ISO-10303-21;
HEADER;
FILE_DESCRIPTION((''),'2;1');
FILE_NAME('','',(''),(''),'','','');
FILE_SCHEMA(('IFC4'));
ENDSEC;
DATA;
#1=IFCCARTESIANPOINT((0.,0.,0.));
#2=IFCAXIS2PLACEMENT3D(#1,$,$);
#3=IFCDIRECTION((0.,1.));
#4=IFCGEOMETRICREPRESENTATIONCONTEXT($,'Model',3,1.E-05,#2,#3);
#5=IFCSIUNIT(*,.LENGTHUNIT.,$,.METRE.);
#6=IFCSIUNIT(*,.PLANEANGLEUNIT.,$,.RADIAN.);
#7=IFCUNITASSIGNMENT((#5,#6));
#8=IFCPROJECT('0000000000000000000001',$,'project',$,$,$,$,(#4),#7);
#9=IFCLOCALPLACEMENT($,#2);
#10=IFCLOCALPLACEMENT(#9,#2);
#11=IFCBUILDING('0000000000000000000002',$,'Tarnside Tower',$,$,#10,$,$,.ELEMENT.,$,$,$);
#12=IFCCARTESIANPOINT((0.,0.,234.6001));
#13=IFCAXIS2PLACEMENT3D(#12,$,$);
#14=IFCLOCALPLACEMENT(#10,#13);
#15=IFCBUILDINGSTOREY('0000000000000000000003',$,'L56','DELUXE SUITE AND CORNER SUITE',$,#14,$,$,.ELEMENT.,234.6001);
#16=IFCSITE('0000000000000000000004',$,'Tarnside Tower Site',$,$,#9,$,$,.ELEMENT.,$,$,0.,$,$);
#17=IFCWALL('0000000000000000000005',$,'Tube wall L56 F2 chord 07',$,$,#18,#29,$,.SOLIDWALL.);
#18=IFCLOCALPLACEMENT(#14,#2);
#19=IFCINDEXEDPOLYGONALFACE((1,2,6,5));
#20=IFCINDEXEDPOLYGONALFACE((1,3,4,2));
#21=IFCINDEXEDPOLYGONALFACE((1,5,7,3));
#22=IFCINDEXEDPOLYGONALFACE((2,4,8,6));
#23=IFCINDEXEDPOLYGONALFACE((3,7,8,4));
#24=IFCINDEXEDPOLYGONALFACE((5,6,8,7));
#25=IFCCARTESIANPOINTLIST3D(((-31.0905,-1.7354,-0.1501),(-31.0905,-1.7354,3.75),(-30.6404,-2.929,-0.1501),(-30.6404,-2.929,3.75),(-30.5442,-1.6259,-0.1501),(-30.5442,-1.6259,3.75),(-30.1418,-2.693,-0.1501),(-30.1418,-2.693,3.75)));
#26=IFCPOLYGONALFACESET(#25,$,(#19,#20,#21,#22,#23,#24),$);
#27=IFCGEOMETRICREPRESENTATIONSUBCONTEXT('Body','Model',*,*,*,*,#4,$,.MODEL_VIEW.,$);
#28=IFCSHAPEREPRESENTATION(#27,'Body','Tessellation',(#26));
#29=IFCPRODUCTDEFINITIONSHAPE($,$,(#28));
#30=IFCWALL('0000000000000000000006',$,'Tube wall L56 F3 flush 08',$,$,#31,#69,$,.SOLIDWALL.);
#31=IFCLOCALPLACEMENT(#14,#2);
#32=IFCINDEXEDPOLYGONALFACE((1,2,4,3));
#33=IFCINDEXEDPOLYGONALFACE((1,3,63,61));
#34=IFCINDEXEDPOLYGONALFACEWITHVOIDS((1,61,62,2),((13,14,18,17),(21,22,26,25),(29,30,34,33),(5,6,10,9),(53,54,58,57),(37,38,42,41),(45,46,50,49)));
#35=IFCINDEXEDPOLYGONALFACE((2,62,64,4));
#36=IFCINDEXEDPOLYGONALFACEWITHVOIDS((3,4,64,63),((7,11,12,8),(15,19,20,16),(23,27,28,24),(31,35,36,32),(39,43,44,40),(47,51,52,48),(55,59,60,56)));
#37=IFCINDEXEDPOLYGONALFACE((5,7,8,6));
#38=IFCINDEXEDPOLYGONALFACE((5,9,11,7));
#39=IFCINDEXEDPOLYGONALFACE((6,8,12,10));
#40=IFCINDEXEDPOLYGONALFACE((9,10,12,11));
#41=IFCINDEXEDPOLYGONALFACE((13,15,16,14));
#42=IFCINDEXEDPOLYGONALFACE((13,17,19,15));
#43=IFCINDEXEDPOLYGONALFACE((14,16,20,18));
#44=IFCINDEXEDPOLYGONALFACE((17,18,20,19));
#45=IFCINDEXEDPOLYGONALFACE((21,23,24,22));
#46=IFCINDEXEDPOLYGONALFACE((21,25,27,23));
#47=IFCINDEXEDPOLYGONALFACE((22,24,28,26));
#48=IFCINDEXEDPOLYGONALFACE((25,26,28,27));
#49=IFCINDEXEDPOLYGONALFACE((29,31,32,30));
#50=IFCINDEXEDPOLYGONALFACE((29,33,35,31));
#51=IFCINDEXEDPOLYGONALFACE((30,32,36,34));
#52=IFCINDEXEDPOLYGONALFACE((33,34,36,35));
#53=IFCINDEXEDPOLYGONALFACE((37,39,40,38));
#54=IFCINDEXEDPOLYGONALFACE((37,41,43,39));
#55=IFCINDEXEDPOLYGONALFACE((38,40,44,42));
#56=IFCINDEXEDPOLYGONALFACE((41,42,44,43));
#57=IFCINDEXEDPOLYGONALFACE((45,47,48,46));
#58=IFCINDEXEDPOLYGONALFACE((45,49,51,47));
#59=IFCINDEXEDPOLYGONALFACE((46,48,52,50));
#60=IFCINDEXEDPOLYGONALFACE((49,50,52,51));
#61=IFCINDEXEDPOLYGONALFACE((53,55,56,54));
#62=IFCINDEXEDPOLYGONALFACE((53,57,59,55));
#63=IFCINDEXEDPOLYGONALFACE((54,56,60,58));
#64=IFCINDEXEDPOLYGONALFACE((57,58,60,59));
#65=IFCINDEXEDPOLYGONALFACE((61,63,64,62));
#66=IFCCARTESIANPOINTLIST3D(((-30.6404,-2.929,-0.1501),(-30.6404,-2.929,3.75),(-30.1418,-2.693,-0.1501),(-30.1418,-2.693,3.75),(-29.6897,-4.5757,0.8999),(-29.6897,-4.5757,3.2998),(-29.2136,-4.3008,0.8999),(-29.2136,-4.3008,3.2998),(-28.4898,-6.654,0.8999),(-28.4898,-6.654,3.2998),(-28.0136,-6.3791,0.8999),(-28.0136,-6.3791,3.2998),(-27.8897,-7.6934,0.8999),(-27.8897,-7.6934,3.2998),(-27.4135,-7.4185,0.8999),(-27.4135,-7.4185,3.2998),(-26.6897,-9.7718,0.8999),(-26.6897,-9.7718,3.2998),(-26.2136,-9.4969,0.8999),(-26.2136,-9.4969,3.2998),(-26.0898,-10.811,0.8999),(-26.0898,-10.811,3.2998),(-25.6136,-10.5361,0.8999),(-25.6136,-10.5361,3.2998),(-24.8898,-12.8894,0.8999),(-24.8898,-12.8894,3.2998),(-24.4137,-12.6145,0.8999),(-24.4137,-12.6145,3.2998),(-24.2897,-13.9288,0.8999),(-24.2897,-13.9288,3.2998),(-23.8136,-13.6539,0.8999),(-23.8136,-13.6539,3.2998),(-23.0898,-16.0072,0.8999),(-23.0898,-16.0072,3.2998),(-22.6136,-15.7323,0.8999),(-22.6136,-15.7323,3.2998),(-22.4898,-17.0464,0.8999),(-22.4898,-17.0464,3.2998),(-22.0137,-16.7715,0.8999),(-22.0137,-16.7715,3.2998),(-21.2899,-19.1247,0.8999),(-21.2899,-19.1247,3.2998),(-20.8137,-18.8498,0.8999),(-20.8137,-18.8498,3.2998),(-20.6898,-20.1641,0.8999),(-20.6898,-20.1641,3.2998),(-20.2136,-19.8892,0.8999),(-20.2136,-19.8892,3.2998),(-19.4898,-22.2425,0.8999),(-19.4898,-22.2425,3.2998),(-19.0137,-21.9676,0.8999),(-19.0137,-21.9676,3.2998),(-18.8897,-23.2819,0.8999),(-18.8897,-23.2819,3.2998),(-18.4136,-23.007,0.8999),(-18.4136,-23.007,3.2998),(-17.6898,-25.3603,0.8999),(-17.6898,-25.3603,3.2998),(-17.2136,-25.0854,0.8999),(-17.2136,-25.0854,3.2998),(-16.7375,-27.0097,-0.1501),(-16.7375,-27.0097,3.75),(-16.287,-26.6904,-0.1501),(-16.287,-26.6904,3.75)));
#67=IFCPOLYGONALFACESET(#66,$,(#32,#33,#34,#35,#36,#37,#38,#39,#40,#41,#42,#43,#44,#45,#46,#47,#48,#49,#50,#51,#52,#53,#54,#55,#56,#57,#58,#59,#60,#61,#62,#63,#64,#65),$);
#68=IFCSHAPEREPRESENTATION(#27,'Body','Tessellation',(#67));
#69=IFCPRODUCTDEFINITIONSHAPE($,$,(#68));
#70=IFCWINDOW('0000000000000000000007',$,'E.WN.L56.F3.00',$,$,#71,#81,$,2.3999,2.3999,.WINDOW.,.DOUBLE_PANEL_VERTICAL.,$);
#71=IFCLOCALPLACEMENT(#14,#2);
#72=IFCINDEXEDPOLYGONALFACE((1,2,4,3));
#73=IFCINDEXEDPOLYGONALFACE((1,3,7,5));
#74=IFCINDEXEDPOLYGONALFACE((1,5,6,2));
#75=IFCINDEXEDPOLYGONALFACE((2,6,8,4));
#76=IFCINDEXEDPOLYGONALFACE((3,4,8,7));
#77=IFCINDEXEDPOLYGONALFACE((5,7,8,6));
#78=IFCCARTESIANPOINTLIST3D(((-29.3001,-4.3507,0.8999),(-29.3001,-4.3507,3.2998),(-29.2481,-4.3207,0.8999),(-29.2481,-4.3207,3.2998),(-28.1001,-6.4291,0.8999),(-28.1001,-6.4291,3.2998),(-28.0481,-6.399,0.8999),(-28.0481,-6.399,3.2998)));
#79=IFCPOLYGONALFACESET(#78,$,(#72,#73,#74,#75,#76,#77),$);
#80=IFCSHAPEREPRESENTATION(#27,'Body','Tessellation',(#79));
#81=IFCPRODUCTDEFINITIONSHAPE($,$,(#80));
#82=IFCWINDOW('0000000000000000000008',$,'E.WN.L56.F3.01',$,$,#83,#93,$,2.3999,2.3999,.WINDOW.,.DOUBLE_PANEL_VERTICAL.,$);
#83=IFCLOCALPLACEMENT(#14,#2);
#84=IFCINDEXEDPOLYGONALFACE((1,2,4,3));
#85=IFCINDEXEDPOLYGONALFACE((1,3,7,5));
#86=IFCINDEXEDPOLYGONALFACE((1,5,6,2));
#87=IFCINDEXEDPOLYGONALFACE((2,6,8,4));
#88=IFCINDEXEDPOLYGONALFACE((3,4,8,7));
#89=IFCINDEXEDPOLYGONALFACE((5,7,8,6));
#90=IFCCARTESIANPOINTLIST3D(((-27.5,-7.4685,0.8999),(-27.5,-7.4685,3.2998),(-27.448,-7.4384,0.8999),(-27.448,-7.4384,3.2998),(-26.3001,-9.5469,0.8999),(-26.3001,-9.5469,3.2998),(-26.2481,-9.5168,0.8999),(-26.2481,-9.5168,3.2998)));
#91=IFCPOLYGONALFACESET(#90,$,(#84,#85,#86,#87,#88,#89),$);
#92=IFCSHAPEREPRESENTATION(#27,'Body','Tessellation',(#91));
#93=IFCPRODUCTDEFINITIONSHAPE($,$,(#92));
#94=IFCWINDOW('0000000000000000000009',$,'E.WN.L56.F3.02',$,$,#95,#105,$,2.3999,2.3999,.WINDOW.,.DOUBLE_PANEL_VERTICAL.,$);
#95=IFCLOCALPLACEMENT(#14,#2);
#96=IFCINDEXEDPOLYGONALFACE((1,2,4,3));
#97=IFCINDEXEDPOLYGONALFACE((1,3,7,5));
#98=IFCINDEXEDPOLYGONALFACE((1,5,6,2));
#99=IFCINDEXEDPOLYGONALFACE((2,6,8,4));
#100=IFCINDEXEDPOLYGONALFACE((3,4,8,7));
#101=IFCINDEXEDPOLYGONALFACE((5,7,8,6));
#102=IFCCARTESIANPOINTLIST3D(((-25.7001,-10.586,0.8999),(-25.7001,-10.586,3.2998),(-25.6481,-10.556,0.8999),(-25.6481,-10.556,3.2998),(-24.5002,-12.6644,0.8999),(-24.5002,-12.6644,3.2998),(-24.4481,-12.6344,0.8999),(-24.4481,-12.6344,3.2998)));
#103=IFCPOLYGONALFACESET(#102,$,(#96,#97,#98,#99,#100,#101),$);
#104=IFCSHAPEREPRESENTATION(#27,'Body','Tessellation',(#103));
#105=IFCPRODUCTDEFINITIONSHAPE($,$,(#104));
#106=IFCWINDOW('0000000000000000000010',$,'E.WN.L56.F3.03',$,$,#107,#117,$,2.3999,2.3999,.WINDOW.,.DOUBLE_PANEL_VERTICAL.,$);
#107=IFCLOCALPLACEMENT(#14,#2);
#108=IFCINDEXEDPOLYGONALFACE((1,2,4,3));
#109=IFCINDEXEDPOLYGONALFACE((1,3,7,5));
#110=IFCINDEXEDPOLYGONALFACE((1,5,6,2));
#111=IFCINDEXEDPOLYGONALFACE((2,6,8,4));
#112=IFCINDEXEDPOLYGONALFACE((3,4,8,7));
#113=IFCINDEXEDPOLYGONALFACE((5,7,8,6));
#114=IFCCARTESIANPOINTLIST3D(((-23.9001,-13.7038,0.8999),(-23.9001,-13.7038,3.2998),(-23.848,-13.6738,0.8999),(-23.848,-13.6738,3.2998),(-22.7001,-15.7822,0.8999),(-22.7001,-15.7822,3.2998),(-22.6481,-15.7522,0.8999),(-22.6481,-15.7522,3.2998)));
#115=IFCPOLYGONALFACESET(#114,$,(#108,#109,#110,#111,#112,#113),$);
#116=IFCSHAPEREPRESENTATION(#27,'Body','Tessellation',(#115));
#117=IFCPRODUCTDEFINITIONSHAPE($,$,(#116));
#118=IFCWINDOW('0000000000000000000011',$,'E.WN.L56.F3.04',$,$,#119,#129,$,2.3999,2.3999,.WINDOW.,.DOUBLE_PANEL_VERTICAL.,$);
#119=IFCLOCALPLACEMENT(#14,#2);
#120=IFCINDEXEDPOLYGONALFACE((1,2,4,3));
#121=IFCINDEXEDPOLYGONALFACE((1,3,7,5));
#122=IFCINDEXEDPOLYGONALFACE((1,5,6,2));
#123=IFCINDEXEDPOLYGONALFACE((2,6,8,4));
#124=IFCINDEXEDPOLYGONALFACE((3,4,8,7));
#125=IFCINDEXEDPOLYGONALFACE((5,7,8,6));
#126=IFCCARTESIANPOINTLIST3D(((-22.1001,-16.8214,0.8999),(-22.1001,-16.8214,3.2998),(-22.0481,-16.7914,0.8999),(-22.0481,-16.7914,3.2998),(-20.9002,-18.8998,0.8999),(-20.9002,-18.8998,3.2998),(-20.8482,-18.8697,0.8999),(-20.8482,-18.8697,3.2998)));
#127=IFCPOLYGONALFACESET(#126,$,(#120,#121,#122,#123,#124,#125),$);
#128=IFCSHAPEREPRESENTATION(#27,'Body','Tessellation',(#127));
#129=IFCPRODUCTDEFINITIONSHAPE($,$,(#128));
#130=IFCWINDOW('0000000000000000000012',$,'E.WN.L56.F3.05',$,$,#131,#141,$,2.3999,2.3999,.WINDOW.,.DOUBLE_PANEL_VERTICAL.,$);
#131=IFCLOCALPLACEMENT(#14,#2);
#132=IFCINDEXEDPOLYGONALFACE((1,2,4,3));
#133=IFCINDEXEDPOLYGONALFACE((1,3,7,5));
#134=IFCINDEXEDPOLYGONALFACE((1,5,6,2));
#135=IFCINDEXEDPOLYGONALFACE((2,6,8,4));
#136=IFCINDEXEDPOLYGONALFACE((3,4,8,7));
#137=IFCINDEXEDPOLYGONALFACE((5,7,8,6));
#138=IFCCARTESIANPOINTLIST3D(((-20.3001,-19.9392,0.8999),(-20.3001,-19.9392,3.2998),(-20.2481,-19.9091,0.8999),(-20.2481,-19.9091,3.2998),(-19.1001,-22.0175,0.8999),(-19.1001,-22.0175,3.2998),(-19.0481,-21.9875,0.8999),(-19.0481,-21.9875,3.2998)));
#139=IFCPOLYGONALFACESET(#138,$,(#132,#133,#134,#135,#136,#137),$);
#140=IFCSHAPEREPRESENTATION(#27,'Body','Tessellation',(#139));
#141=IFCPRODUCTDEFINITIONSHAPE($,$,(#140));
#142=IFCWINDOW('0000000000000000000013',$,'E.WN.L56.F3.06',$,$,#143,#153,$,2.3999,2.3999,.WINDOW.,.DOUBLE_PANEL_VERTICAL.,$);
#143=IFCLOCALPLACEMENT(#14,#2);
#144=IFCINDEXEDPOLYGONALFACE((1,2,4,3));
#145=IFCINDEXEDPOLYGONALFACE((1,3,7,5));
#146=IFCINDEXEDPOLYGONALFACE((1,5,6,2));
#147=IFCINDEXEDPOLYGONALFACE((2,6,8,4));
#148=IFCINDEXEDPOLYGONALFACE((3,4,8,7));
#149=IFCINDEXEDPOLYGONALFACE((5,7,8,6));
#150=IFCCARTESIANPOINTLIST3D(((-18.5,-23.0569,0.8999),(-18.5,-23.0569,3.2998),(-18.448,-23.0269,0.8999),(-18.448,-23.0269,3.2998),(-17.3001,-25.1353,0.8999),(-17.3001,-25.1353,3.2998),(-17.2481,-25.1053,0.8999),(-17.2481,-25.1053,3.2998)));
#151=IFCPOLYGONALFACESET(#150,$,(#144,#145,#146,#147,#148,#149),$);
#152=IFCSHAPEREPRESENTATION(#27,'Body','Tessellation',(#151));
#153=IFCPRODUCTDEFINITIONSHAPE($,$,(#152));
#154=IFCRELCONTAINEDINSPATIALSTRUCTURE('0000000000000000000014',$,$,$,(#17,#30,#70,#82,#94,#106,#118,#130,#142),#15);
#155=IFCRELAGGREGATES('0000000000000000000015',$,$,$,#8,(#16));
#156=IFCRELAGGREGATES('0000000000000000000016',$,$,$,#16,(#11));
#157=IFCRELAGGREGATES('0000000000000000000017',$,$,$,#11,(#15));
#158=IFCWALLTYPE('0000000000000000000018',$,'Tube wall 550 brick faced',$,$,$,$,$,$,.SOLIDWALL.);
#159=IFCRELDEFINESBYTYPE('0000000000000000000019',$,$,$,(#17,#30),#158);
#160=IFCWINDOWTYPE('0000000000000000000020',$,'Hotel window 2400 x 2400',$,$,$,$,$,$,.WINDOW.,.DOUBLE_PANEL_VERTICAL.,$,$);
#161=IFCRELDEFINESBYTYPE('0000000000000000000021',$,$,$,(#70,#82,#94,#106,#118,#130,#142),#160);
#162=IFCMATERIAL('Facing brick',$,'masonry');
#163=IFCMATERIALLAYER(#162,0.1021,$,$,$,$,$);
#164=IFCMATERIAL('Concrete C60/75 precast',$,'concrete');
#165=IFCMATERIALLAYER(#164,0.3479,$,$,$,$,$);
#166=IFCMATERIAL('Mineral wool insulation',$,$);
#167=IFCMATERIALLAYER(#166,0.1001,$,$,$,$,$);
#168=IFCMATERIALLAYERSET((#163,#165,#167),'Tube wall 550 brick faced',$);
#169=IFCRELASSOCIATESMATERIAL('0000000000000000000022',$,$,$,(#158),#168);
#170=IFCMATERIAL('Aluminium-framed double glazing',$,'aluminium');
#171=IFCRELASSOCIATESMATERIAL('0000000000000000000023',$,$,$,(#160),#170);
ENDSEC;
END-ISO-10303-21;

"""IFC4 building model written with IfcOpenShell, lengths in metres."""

from ifc_helpers import new_model, si_unit, direction, frame, frame_2d, origin, place, context, subcontext, project, spatial, polyline, rectangle, outline, extrude, material, layer, layer_set, type_object, element, fill, save


model = new_model("IFC4")

# Units and contexts
model_context = context("Model", 3, precision=1e-05, world=origin(), true_north=direction((0.0, 1.0)))
body_context = subcontext(model_context, "Body", "Model", "MODEL_VIEW")
ifc_project = project(units=[si_unit("LENGTHUNIT", "METRE"), si_unit("PLANEANGLEUNIT", "RADIAN")], contexts=[model_context])

# Site, building, storey
site_placement = place(None, origin())
site = spatial("IfcSite", under=ifc_project, at=site_placement, Name="Tarnside Tower Site", CompositionType="ELEMENT", RefElevation=0.0)
building_placement = place(site_placement, origin())
building = spatial("IfcBuilding", under=site, at=building_placement, Name="Tarnside Tower", CompositionType="ELEMENT")
storey_placement = place(building_placement, frame((0.0, 0.0, 234.6001)))
storey = spatial("IfcBuildingStorey", under=building, at=storey_placement, Name="L56", Description="DELUXE SUITE AND CORNER SUITE", CompositionType="ELEMENT", Elevation=234.6001)

# Wall
ifc_material_1 = material(Name="Facing brick", Category="masonry")
ifc_layer_1 = layer(ifc_material_1, 0.1021)
ifc_material_2 = material(Name="Concrete C60/75 precast", Category="concrete")
ifc_layer_2 = layer(ifc_material_2, 0.3479)
ifc_material_3 = material(Name="Mineral wool insulation")
ifc_layer_3 = layer(ifc_material_3, 0.1001)
ifc_layer_set_1 = layer_set([ifc_layer_1, ifc_layer_2, ifc_layer_3], Name="Tube wall 550 brick faced")
wall_type_1 = type_object("IfcWallType", Name="Tube wall 550 brick faced", PredefinedType="SOLIDWALL", material=ifc_layer_set_1)
wall_1_placement = place(storey_placement, frame((-30.8174, -1.6807, -0.1501), z_axis=(0.0, 0.0, 1.0), x_axis=(0.35285, -0.93568, 0.0)))
element("IfcWall", 1, at=wall_1_placement, inside=storey, type_object=wall_type_1, Name="Tube wall L56 F2 chord 07", PredefinedType="SOLIDWALL", context=body_context, shape_type="SweptSolid", body=[
    extrude(outline(polyline([(-0.0452, -0.2749), (1.2305, -0.2749), (1.1855, 0.2749), (0.0452, 0.2749), (-0.0452, -0.2749)])), origin(), (0.0, 0.0, 1.0), 3.9001),
])

# Wall, openings, windows
wall_2_placement = place(storey_placement, frame((-30.3911, -2.811, -0.1501), z_axis=(0.0, 0.0, 1.0), x_axis=(0.499999, -0.866026, 0.0)))
wall_2 = element("IfcWall", 2, at=wall_2_placement, inside=storey, type_object=wall_type_1, Name="Tube wall L56 F3 flush 08", PredefinedType="SOLIDWALL", context=body_context, shape_type="SweptSolid", body=[
    extrude(outline(polyline([(-0.0225, -0.2749), (27.7834, -0.2749), (27.7322, 0.2749), (0.0225, 0.2749), (-0.0225, -0.2749)])), origin(), (0.0, 0.0, 1.0), 3.9001),
])
opening_1_placement = place(wall_2_placement, frame((1.8789, 0.0, 1.05)))
opening_1 = element("IfcOpeningElement", 3, at=opening_1_placement, cuts=wall_2, PredefinedType="OPENING", context=body_context, shape_type="SweptSolid", body=[
    extrude(rectangle(XDim=2.3999, YDim=2.3999, at=frame_2d((1.2, 1.2))), frame((0.0, 0.2852, 0.0), z_axis=(0.0, -1.0, 0.0), x_axis=(1.0, 0.0, 0.0)), (0.0, 0.0, 1.0), 0.5701),
])
opening_2_placement = place(wall_2_placement, frame((5.479, 0.0, 1.05)))
opening_2 = element("IfcOpeningElement", 4, at=opening_2_placement, cuts=wall_2, PredefinedType="OPENING", context=body_context, shape_type="SweptSolid", body=[
    extrude(rectangle(XDim=2.3999, YDim=2.3999, at=frame_2d((1.2, 1.2))), frame((0.0, 0.2852, 0.0), z_axis=(0.0, -1.0, 0.0), x_axis=(1.0, 0.0, 0.0)), (0.0, 0.0, 1.0), 0.5701),
])
opening_3_placement = place(wall_2_placement, frame((9.0789, 0.0, 1.05)))
opening_3 = element("IfcOpeningElement", 5, at=opening_3_placement, cuts=wall_2, PredefinedType="OPENING", context=body_context, shape_type="SweptSolid", body=[
    extrude(rectangle(XDim=2.3999, YDim=2.3999, at=frame_2d((1.2, 1.2))), frame((0.0, 0.2852, 0.0), z_axis=(0.0, -1.0, 0.0), x_axis=(1.0, 0.0, 0.0)), (0.0, 0.0, 1.0), 0.5701),
])
opening_4_placement = place(wall_2_placement, frame((12.679, 0.0, 1.05)))
opening_4 = element("IfcOpeningElement", 6, at=opening_4_placement, cuts=wall_2, PredefinedType="OPENING", context=body_context, shape_type="SweptSolid", body=[
    extrude(rectangle(XDim=2.3999, YDim=2.3999, at=frame_2d((1.2, 1.2))), frame((0.0, 0.2852, 0.0), z_axis=(0.0, -1.0, 0.0), x_axis=(1.0, 0.0, 0.0)), (0.0, 0.0, 1.0), 0.5701),
])
opening_5_placement = place(wall_2_placement, frame((16.2788, 0.0, 1.05)))
opening_5 = element("IfcOpeningElement", 7, at=opening_5_placement, cuts=wall_2, PredefinedType="OPENING", context=body_context, shape_type="SweptSolid", body=[
    extrude(rectangle(XDim=2.3999, YDim=2.3999, at=frame_2d((1.2, 1.2))), frame((0.0, 0.2852, 0.0), z_axis=(0.0, -1.0, 0.0), x_axis=(1.0, 0.0, 0.0)), (0.0, 0.0, 1.0), 0.5701),
])
opening_6_placement = place(wall_2_placement, frame((19.8789, 0.0, 1.05)))
opening_6 = element("IfcOpeningElement", 8, at=opening_6_placement, cuts=wall_2, PredefinedType="OPENING", context=body_context, shape_type="SweptSolid", body=[
    extrude(rectangle(XDim=2.3999, YDim=2.3999, at=frame_2d((1.2, 1.2))), frame((0.0, 0.2852, 0.0), z_axis=(0.0, -1.0, 0.0), x_axis=(1.0, 0.0, 0.0)), (0.0, 0.0, 1.0), 0.5701),
])
opening_7_placement = place(wall_2_placement, frame((23.479, 0.0, 1.05)))
opening_7 = element("IfcOpeningElement", 9, at=opening_7_placement, cuts=wall_2, PredefinedType="OPENING", context=body_context, shape_type="SweptSolid", body=[
    extrude(rectangle(XDim=2.3999, YDim=2.3999, at=frame_2d((1.2, 1.2))), frame((0.0, 0.2852, 0.0), z_axis=(0.0, -1.0, 0.0), x_axis=(1.0, 0.0, 0.0)), (0.0, 0.0, 1.0), 0.5701),
])
ifc_material_4 = material(Name="Aluminium-framed double glazing", Category="aluminium")
window_type = type_object("IfcWindowType", Name="Hotel window 2400 x 2400", PartitioningType="DOUBLE_PANEL_VERTICAL", PredefinedType="WINDOW", material=ifc_material_4)
window_1_placement = place(opening_1_placement, frame((0.0, 0.2051, 0.0)))
window_1 = element("IfcWindow", 10, at=window_1_placement, inside=storey, type_object=window_type, Name="E.WN.L56.F3.00", OverallHeight=2.3999, OverallWidth=2.3999, PartitioningType="DOUBLE_PANEL_VERTICAL", PredefinedType="WINDOW", context=body_context, shape_type="SweptSolid", body=[
    extrude(rectangle(XDim=2.3999, YDim=2.3999, at=frame_2d((1.2, 1.2))), frame((0.0, 0.03, 0.0), z_axis=(0.0, -1.0, 0.0), x_axis=(1.0, 0.0, 0.0)), (0.0, 0.0, 1.0), 0.0601),
])
fill(opening_1, window_1)
window_2_placement = place(opening_2_placement, frame((0.0, 0.2051, 0.0)))
window_2 = element("IfcWindow", 11, at=window_2_placement, inside=storey, type_object=window_type, Name="E.WN.L56.F3.01", OverallHeight=2.3999, OverallWidth=2.3999, PartitioningType="DOUBLE_PANEL_VERTICAL", PredefinedType="WINDOW", context=body_context, shape_type="SweptSolid", body=[
    extrude(rectangle(XDim=2.3999, YDim=2.3999, at=frame_2d((1.2, 1.2))), frame((0.0, 0.03, 0.0), z_axis=(0.0, -1.0, 0.0), x_axis=(1.0, 0.0, 0.0)), (0.0, 0.0, 1.0), 0.0601),
])
fill(opening_2, window_2)
window_3_placement = place(opening_3_placement, frame((0.0, 0.2051, 0.0)))
window_3 = element("IfcWindow", 12, at=window_3_placement, inside=storey, type_object=window_type, Name="E.WN.L56.F3.02", OverallHeight=2.3999, OverallWidth=2.3999, PartitioningType="DOUBLE_PANEL_VERTICAL", PredefinedType="WINDOW", context=body_context, shape_type="SweptSolid", body=[
    extrude(rectangle(XDim=2.3999, YDim=2.3999, at=frame_2d((1.2, 1.2))), frame((0.0, 0.03, 0.0), z_axis=(0.0, -1.0, 0.0), x_axis=(1.0, 0.0, 0.0)), (0.0, 0.0, 1.0), 0.0601),
])
fill(opening_3, window_3)
window_4_placement = place(opening_4_placement, frame((0.0, 0.2051, 0.0)))
window_4 = element("IfcWindow", 13, at=window_4_placement, inside=storey, type_object=window_type, Name="E.WN.L56.F3.03", OverallHeight=2.3999, OverallWidth=2.3999, PartitioningType="DOUBLE_PANEL_VERTICAL", PredefinedType="WINDOW", context=body_context, shape_type="SweptSolid", body=[
    extrude(rectangle(XDim=2.3999, YDim=2.3999, at=frame_2d((1.2, 1.2))), frame((0.0, 0.03, 0.0), z_axis=(0.0, -1.0, 0.0), x_axis=(1.0, 0.0, 0.0)), (0.0, 0.0, 1.0), 0.0601),
])
fill(opening_4, window_4)
window_5_placement = place(opening_5_placement, frame((0.0, 0.2051, 0.0)))
window_5 = element("IfcWindow", 14, at=window_5_placement, inside=storey, type_object=window_type, Name="E.WN.L56.F3.04", OverallHeight=2.3999, OverallWidth=2.3999, PartitioningType="DOUBLE_PANEL_VERTICAL", PredefinedType="WINDOW", context=body_context, shape_type="SweptSolid", body=[
    extrude(rectangle(XDim=2.3999, YDim=2.3999, at=frame_2d((1.2, 1.2))), frame((0.0, 0.03, 0.0), z_axis=(0.0, -1.0, 0.0), x_axis=(1.0, 0.0, 0.0)), (0.0, 0.0, 1.0), 0.0601),
])
fill(opening_5, window_5)
window_6_placement = place(opening_6_placement, frame((0.0, 0.2051, 0.0)))
window_6 = element("IfcWindow", 15, at=window_6_placement, inside=storey, type_object=window_type, Name="E.WN.L56.F3.05", OverallHeight=2.3999, OverallWidth=2.3999, PartitioningType="DOUBLE_PANEL_VERTICAL", PredefinedType="WINDOW", context=body_context, shape_type="SweptSolid", body=[
    extrude(rectangle(XDim=2.3999, YDim=2.3999, at=frame_2d((1.2, 1.2))), frame((0.0, 0.03, 0.0), z_axis=(0.0, -1.0, 0.0), x_axis=(1.0, 0.0, 0.0)), (0.0, 0.0, 1.0), 0.0601),
])
fill(opening_6, window_6)
window_7_placement = place(opening_7_placement, frame((0.0, 0.2051, 0.0)))
window_7 = element("IfcWindow", 16, at=window_7_placement, inside=storey, type_object=window_type, Name="E.WN.L56.F3.06", OverallHeight=2.3999, OverallWidth=2.3999, PartitioningType="DOUBLE_PANEL_VERTICAL", PredefinedType="WINDOW", context=body_context, shape_type="SweptSolid", body=[
    extrude(rectangle(XDim=2.3999, YDim=2.3999, at=frame_2d((1.2, 1.2))), frame((0.0, 0.03, 0.0), z_axis=(0.0, -1.0, 0.0), x_axis=(1.0, 0.0, 0.0)), (0.0, 0.0, 1.0), 0.0601),
])
fill(opening_7, window_7)

save(model, "model.ifc")
